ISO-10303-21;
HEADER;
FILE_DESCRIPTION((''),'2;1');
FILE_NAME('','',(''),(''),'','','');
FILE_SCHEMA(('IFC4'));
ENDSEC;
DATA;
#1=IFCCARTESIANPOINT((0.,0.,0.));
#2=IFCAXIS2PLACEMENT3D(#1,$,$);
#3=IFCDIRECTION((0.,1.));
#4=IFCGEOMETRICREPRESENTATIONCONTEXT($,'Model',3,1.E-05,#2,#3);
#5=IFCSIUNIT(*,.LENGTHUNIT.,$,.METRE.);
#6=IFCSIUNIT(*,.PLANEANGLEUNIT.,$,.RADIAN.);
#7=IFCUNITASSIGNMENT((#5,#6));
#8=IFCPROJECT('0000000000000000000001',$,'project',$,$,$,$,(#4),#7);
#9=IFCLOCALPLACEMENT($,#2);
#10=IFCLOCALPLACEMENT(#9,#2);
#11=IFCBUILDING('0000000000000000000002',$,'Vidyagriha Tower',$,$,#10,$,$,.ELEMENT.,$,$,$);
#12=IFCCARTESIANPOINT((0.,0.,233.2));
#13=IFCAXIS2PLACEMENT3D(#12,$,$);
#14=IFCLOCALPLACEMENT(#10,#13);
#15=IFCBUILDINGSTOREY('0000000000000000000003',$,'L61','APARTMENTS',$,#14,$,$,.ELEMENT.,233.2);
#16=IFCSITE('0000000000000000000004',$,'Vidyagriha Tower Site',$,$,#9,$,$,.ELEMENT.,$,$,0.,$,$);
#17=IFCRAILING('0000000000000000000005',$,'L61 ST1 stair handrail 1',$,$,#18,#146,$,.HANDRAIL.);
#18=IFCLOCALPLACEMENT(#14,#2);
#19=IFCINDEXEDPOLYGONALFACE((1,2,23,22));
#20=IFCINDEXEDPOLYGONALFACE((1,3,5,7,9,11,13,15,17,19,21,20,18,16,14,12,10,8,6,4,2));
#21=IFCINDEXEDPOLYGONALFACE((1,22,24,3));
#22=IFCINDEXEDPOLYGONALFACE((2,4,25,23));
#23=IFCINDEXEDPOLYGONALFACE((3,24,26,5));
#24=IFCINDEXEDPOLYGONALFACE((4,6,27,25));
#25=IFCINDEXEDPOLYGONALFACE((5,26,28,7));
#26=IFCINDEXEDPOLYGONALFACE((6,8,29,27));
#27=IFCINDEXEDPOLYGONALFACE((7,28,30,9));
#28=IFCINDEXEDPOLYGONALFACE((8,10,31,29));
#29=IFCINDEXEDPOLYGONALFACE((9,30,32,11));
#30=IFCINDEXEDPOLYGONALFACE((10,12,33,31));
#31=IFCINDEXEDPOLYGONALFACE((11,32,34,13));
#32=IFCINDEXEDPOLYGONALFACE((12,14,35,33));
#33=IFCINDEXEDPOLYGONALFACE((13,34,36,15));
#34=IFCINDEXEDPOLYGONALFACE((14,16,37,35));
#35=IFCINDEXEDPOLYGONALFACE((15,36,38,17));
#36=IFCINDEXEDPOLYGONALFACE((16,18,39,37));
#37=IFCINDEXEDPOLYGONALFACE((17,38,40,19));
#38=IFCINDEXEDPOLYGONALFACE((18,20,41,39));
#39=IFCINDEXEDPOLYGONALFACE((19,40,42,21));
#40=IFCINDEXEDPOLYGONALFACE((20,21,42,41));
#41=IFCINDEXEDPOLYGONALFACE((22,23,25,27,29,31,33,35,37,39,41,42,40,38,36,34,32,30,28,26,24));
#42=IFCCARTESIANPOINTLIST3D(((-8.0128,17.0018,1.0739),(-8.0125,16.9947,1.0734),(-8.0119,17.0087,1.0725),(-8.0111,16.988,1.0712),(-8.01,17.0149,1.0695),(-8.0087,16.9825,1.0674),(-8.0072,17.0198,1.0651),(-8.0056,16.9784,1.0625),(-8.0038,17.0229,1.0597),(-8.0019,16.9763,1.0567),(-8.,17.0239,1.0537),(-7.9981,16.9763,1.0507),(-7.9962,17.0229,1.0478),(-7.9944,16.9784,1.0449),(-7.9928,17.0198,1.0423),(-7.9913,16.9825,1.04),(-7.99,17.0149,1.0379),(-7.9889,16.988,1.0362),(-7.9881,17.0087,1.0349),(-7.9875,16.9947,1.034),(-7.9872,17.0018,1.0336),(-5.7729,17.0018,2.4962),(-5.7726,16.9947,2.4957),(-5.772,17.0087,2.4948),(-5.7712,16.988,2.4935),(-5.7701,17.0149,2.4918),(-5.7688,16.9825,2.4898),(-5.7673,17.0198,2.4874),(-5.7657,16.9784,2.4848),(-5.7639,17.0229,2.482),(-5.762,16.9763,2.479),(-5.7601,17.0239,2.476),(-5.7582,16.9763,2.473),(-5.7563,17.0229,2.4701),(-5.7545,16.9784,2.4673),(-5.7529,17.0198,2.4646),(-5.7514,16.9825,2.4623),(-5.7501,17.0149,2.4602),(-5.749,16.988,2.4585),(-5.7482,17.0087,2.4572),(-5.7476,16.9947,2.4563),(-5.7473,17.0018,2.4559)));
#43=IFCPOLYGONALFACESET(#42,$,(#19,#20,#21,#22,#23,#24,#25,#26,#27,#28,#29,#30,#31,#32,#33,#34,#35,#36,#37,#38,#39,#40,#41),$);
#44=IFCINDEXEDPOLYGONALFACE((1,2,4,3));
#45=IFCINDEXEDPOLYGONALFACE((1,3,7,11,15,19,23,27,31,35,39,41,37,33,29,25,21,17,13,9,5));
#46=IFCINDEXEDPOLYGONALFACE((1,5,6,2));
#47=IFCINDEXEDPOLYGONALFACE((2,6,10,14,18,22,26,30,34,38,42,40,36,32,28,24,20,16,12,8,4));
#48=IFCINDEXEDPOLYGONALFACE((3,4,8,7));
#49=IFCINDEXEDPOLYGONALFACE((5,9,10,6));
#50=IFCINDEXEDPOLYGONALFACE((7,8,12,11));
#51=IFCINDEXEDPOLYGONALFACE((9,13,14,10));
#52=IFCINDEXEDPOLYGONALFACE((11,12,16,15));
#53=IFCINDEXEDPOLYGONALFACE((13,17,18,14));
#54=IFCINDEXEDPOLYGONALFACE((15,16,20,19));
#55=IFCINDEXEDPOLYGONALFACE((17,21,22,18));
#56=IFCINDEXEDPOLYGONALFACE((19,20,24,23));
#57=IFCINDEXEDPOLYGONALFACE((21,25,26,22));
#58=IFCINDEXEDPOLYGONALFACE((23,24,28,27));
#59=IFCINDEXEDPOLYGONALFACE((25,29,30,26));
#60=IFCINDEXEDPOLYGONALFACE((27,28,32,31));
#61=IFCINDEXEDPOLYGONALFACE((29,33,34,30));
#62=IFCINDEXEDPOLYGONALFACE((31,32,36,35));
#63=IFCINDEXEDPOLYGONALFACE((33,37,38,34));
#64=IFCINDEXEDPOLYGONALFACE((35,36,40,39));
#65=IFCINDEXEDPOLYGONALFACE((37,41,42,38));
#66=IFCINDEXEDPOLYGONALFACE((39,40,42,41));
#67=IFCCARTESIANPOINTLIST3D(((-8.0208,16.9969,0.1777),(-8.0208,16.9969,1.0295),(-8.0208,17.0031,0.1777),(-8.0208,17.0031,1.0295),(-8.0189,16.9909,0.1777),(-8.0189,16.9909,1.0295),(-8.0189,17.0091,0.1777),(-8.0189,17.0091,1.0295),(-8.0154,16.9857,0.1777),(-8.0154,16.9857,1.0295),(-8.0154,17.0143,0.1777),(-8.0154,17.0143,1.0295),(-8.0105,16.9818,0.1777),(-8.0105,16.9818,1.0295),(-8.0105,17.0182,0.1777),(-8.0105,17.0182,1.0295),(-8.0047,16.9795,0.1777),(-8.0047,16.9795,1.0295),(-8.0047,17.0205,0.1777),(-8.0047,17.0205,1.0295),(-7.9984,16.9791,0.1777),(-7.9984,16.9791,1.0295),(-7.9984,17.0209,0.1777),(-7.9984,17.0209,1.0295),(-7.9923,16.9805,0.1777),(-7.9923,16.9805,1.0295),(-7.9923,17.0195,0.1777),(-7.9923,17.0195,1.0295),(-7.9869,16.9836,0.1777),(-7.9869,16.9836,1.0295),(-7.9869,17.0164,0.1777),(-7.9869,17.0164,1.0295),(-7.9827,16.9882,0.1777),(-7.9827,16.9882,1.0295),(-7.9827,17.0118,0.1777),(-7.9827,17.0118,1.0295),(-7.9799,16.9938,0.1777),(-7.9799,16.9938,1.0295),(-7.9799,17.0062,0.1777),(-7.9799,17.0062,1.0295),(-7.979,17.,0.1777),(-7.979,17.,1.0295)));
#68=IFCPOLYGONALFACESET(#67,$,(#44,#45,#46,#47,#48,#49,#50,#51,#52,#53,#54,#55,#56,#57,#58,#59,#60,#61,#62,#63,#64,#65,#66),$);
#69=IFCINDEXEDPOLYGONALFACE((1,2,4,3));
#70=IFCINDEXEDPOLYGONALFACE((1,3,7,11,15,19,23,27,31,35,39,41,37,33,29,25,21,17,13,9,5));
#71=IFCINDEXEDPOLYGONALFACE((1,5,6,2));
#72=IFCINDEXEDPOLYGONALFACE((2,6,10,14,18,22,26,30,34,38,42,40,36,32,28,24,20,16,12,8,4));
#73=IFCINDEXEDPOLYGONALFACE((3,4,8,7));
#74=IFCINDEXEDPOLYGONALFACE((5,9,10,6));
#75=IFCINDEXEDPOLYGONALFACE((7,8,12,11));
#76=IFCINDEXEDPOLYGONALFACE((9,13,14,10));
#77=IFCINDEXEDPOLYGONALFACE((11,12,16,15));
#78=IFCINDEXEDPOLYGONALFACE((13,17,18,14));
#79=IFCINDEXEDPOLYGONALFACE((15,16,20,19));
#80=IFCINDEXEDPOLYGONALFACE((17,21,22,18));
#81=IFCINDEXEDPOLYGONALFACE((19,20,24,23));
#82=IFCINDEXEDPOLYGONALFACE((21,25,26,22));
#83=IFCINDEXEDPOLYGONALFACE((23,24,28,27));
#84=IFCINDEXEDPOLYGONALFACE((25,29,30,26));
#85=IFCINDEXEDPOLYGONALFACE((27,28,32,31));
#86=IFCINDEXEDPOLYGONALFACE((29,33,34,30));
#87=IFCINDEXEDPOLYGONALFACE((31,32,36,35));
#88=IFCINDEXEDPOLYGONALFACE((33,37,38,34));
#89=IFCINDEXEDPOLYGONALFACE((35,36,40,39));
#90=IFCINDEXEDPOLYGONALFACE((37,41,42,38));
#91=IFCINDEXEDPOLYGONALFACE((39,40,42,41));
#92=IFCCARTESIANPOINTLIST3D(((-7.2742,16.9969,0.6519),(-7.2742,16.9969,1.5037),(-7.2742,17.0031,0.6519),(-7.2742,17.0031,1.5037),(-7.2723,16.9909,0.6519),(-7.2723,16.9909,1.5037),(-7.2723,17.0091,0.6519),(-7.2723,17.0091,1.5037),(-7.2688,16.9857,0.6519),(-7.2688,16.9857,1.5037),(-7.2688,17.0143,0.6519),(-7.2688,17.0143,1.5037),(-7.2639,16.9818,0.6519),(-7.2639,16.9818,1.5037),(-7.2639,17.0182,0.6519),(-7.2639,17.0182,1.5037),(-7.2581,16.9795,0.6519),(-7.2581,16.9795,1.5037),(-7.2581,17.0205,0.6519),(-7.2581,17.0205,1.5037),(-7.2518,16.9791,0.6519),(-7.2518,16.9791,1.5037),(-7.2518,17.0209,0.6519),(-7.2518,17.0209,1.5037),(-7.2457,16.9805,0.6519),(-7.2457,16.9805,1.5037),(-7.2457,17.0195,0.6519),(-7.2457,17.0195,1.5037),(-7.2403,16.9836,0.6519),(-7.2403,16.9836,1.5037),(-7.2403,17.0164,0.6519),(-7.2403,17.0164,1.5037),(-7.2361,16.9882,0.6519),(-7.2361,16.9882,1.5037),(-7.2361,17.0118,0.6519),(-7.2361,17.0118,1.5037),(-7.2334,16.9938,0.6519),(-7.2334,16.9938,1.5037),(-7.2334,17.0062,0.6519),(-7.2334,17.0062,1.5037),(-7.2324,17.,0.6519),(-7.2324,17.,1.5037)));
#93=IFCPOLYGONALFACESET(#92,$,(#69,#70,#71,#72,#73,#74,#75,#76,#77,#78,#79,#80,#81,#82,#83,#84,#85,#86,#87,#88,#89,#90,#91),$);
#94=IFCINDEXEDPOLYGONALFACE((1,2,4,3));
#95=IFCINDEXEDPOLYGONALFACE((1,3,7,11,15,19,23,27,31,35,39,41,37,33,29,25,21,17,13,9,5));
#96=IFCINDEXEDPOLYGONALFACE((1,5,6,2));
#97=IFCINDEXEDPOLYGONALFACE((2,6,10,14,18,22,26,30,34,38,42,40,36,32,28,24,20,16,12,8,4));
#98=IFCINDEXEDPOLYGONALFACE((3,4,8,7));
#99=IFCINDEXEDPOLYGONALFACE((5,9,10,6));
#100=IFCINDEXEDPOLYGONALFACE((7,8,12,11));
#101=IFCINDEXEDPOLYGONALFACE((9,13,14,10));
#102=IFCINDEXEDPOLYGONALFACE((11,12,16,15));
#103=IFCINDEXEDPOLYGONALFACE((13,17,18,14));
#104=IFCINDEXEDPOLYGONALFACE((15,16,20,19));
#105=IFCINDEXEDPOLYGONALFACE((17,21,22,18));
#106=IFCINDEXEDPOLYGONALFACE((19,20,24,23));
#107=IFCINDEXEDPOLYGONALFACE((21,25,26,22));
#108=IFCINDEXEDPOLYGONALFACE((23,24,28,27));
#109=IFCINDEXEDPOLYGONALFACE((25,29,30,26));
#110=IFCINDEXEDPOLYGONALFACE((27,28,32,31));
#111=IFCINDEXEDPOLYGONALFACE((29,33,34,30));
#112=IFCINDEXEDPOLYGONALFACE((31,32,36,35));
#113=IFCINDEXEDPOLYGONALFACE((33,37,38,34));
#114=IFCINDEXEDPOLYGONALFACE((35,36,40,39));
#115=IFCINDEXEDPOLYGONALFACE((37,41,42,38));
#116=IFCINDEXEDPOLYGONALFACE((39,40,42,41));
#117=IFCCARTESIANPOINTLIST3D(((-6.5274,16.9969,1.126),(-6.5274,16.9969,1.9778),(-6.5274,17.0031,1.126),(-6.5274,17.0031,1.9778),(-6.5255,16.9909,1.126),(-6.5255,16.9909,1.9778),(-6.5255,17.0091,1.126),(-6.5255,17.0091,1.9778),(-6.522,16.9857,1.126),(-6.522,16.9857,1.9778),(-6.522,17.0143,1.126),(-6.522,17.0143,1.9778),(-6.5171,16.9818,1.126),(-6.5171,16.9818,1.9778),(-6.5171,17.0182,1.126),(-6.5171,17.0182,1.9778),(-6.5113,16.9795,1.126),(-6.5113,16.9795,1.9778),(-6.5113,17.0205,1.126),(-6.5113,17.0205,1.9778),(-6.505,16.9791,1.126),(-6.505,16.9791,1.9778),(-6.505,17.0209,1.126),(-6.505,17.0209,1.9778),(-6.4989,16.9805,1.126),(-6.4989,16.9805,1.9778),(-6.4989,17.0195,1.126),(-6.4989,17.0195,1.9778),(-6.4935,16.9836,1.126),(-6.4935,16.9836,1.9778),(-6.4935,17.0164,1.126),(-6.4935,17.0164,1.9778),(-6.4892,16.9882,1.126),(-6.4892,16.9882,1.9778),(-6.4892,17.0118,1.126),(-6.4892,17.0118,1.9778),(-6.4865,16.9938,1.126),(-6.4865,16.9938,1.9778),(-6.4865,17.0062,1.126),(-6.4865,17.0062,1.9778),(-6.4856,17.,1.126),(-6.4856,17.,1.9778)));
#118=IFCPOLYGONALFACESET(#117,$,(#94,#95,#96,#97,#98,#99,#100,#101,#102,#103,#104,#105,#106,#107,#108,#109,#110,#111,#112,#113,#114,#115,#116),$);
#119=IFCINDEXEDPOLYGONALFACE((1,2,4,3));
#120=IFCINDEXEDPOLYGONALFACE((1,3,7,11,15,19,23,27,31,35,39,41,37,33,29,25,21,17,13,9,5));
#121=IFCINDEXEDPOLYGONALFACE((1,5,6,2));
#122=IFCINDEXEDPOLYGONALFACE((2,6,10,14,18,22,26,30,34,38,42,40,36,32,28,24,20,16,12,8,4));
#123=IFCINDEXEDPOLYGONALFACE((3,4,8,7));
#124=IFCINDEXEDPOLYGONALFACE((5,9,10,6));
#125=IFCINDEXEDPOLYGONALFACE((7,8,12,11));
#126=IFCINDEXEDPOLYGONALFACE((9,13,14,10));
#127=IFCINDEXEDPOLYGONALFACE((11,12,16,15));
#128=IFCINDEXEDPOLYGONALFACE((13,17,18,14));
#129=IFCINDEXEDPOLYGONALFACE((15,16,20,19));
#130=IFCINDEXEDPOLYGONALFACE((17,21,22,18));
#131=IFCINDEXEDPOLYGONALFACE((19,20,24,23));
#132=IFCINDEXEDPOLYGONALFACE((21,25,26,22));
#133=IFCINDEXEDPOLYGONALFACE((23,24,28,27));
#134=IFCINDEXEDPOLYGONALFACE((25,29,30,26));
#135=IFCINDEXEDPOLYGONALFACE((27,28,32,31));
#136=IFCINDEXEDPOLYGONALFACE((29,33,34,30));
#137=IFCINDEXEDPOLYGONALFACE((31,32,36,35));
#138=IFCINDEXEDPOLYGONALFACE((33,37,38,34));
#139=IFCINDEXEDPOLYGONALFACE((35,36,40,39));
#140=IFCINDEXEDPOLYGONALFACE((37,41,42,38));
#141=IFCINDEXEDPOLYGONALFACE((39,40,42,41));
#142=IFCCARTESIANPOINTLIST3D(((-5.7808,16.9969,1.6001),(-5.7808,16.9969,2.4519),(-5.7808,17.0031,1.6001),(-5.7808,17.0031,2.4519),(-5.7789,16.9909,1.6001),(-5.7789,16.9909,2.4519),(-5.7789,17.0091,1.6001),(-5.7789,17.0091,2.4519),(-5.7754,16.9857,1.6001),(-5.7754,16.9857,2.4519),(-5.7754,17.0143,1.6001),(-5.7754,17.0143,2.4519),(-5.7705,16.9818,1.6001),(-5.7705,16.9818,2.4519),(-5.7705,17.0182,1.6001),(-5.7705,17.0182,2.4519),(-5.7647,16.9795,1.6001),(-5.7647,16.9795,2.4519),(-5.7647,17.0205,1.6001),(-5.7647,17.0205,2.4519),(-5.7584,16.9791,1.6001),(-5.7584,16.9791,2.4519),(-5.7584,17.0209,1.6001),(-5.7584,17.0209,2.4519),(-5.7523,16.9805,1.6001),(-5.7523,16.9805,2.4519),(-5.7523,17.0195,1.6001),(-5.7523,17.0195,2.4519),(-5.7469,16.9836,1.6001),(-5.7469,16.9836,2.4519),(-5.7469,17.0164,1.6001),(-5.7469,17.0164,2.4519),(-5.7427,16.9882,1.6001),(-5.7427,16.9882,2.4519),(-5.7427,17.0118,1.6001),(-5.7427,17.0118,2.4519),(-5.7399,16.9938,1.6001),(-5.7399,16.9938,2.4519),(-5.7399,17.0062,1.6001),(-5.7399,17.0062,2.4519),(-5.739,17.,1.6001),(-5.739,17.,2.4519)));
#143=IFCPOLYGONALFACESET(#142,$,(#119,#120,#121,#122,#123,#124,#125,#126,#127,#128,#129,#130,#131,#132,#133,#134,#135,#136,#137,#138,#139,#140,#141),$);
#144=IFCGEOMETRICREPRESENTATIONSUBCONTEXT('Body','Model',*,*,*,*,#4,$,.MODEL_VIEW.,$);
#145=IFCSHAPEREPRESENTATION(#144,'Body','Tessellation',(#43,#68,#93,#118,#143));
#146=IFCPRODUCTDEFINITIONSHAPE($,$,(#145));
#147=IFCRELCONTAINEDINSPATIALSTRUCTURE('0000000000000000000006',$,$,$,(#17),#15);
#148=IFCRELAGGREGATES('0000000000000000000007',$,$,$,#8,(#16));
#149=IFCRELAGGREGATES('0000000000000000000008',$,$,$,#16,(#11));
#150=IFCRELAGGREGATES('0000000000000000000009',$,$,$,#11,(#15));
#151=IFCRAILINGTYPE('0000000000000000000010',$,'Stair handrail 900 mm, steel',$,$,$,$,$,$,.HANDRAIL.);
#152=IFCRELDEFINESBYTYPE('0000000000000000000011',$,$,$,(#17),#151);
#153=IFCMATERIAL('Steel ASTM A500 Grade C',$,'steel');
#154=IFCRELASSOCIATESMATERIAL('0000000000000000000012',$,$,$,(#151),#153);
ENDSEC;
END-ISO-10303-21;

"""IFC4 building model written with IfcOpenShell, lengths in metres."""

from ifc_helpers import new_model, si_unit, direction, frame, origin, origin_2d, place, context, subcontext, project, spatial, circle, extrude, material, type_object, element, save


model = new_model("IFC4")

# Units and contexts
model_context = context("Model", 3, precision=1e-05, world=origin(), true_north=direction((0.0, 1.0)))
body_context = subcontext(model_context, "Body", "Model", "MODEL_VIEW")
ifc_project = project(units=[si_unit("LENGTHUNIT", "METRE"), si_unit("PLANEANGLEUNIT", "RADIAN")], contexts=[model_context])

# Site, building, storey
site_placement = place(None, origin())
site = spatial("IfcSite", under=ifc_project, at=site_placement, Name="Vidyagriha Tower Site", CompositionType="ELEMENT", RefElevation=0.0)
building_placement = place(site_placement, origin())
building = spatial("IfcBuilding", under=site, at=building_placement, Name="Vidyagriha Tower", CompositionType="ELEMENT")
storey_placement = place(building_placement, frame((0.0, 0.0, 233.2)))
storey = spatial("IfcBuildingStorey", under=building, at=storey_placement, Name="L61", Description="APARTMENTS", CompositionType="ELEMENT", Elevation=233.2)

# Railing
ifc_material_1 = material(Name="Steel ASTM A500 Grade C", Category="steel")
railing_type_1 = type_object("IfcRailingType", Name="Stair handrail 900 mm, steel", PredefinedType="HANDRAIL", material=ifc_material_1)
railing_1_placement = place(storey_placement, frame((-8.0, 17.0, 0.1777)))
element("IfcRailing", 1, at=railing_1_placement, inside=storey, type_object=railing_type_1, Name="L61 ST1 stair handrail 1", PredefinedType="HANDRAIL", context=body_context, shape_type="SweptSolid", body=[
    extrude(circle(Radius=0.0239, at=origin_2d()), frame((0.0, 0.0, 0.876), z_axis=(0.844188, 0.0, 0.536048), x_axis=(0.0, 1.0, 0.0)), (0.0, 0.0, 1.0), 2.6533),
    extrude(circle(Radius=0.021, at=origin_2d()), origin(), (0.0, 0.0, 1.0), 0.8518),
    extrude(circle(Radius=0.021, at=origin_2d()), frame((0.7466, 0.0, 0.4741)), (0.0, 0.0, 1.0), 0.8518),
    extrude(circle(Radius=0.021, at=origin_2d()), frame((1.4934, 0.0, 0.9482)), (0.0, 0.0, 1.0), 0.8518),
    extrude(circle(Radius=0.021, at=origin_2d()), frame((2.24, 0.0, 1.4224)), (0.0, 0.0, 1.0), 0.8518),
])

save(model, "model.ifc")
